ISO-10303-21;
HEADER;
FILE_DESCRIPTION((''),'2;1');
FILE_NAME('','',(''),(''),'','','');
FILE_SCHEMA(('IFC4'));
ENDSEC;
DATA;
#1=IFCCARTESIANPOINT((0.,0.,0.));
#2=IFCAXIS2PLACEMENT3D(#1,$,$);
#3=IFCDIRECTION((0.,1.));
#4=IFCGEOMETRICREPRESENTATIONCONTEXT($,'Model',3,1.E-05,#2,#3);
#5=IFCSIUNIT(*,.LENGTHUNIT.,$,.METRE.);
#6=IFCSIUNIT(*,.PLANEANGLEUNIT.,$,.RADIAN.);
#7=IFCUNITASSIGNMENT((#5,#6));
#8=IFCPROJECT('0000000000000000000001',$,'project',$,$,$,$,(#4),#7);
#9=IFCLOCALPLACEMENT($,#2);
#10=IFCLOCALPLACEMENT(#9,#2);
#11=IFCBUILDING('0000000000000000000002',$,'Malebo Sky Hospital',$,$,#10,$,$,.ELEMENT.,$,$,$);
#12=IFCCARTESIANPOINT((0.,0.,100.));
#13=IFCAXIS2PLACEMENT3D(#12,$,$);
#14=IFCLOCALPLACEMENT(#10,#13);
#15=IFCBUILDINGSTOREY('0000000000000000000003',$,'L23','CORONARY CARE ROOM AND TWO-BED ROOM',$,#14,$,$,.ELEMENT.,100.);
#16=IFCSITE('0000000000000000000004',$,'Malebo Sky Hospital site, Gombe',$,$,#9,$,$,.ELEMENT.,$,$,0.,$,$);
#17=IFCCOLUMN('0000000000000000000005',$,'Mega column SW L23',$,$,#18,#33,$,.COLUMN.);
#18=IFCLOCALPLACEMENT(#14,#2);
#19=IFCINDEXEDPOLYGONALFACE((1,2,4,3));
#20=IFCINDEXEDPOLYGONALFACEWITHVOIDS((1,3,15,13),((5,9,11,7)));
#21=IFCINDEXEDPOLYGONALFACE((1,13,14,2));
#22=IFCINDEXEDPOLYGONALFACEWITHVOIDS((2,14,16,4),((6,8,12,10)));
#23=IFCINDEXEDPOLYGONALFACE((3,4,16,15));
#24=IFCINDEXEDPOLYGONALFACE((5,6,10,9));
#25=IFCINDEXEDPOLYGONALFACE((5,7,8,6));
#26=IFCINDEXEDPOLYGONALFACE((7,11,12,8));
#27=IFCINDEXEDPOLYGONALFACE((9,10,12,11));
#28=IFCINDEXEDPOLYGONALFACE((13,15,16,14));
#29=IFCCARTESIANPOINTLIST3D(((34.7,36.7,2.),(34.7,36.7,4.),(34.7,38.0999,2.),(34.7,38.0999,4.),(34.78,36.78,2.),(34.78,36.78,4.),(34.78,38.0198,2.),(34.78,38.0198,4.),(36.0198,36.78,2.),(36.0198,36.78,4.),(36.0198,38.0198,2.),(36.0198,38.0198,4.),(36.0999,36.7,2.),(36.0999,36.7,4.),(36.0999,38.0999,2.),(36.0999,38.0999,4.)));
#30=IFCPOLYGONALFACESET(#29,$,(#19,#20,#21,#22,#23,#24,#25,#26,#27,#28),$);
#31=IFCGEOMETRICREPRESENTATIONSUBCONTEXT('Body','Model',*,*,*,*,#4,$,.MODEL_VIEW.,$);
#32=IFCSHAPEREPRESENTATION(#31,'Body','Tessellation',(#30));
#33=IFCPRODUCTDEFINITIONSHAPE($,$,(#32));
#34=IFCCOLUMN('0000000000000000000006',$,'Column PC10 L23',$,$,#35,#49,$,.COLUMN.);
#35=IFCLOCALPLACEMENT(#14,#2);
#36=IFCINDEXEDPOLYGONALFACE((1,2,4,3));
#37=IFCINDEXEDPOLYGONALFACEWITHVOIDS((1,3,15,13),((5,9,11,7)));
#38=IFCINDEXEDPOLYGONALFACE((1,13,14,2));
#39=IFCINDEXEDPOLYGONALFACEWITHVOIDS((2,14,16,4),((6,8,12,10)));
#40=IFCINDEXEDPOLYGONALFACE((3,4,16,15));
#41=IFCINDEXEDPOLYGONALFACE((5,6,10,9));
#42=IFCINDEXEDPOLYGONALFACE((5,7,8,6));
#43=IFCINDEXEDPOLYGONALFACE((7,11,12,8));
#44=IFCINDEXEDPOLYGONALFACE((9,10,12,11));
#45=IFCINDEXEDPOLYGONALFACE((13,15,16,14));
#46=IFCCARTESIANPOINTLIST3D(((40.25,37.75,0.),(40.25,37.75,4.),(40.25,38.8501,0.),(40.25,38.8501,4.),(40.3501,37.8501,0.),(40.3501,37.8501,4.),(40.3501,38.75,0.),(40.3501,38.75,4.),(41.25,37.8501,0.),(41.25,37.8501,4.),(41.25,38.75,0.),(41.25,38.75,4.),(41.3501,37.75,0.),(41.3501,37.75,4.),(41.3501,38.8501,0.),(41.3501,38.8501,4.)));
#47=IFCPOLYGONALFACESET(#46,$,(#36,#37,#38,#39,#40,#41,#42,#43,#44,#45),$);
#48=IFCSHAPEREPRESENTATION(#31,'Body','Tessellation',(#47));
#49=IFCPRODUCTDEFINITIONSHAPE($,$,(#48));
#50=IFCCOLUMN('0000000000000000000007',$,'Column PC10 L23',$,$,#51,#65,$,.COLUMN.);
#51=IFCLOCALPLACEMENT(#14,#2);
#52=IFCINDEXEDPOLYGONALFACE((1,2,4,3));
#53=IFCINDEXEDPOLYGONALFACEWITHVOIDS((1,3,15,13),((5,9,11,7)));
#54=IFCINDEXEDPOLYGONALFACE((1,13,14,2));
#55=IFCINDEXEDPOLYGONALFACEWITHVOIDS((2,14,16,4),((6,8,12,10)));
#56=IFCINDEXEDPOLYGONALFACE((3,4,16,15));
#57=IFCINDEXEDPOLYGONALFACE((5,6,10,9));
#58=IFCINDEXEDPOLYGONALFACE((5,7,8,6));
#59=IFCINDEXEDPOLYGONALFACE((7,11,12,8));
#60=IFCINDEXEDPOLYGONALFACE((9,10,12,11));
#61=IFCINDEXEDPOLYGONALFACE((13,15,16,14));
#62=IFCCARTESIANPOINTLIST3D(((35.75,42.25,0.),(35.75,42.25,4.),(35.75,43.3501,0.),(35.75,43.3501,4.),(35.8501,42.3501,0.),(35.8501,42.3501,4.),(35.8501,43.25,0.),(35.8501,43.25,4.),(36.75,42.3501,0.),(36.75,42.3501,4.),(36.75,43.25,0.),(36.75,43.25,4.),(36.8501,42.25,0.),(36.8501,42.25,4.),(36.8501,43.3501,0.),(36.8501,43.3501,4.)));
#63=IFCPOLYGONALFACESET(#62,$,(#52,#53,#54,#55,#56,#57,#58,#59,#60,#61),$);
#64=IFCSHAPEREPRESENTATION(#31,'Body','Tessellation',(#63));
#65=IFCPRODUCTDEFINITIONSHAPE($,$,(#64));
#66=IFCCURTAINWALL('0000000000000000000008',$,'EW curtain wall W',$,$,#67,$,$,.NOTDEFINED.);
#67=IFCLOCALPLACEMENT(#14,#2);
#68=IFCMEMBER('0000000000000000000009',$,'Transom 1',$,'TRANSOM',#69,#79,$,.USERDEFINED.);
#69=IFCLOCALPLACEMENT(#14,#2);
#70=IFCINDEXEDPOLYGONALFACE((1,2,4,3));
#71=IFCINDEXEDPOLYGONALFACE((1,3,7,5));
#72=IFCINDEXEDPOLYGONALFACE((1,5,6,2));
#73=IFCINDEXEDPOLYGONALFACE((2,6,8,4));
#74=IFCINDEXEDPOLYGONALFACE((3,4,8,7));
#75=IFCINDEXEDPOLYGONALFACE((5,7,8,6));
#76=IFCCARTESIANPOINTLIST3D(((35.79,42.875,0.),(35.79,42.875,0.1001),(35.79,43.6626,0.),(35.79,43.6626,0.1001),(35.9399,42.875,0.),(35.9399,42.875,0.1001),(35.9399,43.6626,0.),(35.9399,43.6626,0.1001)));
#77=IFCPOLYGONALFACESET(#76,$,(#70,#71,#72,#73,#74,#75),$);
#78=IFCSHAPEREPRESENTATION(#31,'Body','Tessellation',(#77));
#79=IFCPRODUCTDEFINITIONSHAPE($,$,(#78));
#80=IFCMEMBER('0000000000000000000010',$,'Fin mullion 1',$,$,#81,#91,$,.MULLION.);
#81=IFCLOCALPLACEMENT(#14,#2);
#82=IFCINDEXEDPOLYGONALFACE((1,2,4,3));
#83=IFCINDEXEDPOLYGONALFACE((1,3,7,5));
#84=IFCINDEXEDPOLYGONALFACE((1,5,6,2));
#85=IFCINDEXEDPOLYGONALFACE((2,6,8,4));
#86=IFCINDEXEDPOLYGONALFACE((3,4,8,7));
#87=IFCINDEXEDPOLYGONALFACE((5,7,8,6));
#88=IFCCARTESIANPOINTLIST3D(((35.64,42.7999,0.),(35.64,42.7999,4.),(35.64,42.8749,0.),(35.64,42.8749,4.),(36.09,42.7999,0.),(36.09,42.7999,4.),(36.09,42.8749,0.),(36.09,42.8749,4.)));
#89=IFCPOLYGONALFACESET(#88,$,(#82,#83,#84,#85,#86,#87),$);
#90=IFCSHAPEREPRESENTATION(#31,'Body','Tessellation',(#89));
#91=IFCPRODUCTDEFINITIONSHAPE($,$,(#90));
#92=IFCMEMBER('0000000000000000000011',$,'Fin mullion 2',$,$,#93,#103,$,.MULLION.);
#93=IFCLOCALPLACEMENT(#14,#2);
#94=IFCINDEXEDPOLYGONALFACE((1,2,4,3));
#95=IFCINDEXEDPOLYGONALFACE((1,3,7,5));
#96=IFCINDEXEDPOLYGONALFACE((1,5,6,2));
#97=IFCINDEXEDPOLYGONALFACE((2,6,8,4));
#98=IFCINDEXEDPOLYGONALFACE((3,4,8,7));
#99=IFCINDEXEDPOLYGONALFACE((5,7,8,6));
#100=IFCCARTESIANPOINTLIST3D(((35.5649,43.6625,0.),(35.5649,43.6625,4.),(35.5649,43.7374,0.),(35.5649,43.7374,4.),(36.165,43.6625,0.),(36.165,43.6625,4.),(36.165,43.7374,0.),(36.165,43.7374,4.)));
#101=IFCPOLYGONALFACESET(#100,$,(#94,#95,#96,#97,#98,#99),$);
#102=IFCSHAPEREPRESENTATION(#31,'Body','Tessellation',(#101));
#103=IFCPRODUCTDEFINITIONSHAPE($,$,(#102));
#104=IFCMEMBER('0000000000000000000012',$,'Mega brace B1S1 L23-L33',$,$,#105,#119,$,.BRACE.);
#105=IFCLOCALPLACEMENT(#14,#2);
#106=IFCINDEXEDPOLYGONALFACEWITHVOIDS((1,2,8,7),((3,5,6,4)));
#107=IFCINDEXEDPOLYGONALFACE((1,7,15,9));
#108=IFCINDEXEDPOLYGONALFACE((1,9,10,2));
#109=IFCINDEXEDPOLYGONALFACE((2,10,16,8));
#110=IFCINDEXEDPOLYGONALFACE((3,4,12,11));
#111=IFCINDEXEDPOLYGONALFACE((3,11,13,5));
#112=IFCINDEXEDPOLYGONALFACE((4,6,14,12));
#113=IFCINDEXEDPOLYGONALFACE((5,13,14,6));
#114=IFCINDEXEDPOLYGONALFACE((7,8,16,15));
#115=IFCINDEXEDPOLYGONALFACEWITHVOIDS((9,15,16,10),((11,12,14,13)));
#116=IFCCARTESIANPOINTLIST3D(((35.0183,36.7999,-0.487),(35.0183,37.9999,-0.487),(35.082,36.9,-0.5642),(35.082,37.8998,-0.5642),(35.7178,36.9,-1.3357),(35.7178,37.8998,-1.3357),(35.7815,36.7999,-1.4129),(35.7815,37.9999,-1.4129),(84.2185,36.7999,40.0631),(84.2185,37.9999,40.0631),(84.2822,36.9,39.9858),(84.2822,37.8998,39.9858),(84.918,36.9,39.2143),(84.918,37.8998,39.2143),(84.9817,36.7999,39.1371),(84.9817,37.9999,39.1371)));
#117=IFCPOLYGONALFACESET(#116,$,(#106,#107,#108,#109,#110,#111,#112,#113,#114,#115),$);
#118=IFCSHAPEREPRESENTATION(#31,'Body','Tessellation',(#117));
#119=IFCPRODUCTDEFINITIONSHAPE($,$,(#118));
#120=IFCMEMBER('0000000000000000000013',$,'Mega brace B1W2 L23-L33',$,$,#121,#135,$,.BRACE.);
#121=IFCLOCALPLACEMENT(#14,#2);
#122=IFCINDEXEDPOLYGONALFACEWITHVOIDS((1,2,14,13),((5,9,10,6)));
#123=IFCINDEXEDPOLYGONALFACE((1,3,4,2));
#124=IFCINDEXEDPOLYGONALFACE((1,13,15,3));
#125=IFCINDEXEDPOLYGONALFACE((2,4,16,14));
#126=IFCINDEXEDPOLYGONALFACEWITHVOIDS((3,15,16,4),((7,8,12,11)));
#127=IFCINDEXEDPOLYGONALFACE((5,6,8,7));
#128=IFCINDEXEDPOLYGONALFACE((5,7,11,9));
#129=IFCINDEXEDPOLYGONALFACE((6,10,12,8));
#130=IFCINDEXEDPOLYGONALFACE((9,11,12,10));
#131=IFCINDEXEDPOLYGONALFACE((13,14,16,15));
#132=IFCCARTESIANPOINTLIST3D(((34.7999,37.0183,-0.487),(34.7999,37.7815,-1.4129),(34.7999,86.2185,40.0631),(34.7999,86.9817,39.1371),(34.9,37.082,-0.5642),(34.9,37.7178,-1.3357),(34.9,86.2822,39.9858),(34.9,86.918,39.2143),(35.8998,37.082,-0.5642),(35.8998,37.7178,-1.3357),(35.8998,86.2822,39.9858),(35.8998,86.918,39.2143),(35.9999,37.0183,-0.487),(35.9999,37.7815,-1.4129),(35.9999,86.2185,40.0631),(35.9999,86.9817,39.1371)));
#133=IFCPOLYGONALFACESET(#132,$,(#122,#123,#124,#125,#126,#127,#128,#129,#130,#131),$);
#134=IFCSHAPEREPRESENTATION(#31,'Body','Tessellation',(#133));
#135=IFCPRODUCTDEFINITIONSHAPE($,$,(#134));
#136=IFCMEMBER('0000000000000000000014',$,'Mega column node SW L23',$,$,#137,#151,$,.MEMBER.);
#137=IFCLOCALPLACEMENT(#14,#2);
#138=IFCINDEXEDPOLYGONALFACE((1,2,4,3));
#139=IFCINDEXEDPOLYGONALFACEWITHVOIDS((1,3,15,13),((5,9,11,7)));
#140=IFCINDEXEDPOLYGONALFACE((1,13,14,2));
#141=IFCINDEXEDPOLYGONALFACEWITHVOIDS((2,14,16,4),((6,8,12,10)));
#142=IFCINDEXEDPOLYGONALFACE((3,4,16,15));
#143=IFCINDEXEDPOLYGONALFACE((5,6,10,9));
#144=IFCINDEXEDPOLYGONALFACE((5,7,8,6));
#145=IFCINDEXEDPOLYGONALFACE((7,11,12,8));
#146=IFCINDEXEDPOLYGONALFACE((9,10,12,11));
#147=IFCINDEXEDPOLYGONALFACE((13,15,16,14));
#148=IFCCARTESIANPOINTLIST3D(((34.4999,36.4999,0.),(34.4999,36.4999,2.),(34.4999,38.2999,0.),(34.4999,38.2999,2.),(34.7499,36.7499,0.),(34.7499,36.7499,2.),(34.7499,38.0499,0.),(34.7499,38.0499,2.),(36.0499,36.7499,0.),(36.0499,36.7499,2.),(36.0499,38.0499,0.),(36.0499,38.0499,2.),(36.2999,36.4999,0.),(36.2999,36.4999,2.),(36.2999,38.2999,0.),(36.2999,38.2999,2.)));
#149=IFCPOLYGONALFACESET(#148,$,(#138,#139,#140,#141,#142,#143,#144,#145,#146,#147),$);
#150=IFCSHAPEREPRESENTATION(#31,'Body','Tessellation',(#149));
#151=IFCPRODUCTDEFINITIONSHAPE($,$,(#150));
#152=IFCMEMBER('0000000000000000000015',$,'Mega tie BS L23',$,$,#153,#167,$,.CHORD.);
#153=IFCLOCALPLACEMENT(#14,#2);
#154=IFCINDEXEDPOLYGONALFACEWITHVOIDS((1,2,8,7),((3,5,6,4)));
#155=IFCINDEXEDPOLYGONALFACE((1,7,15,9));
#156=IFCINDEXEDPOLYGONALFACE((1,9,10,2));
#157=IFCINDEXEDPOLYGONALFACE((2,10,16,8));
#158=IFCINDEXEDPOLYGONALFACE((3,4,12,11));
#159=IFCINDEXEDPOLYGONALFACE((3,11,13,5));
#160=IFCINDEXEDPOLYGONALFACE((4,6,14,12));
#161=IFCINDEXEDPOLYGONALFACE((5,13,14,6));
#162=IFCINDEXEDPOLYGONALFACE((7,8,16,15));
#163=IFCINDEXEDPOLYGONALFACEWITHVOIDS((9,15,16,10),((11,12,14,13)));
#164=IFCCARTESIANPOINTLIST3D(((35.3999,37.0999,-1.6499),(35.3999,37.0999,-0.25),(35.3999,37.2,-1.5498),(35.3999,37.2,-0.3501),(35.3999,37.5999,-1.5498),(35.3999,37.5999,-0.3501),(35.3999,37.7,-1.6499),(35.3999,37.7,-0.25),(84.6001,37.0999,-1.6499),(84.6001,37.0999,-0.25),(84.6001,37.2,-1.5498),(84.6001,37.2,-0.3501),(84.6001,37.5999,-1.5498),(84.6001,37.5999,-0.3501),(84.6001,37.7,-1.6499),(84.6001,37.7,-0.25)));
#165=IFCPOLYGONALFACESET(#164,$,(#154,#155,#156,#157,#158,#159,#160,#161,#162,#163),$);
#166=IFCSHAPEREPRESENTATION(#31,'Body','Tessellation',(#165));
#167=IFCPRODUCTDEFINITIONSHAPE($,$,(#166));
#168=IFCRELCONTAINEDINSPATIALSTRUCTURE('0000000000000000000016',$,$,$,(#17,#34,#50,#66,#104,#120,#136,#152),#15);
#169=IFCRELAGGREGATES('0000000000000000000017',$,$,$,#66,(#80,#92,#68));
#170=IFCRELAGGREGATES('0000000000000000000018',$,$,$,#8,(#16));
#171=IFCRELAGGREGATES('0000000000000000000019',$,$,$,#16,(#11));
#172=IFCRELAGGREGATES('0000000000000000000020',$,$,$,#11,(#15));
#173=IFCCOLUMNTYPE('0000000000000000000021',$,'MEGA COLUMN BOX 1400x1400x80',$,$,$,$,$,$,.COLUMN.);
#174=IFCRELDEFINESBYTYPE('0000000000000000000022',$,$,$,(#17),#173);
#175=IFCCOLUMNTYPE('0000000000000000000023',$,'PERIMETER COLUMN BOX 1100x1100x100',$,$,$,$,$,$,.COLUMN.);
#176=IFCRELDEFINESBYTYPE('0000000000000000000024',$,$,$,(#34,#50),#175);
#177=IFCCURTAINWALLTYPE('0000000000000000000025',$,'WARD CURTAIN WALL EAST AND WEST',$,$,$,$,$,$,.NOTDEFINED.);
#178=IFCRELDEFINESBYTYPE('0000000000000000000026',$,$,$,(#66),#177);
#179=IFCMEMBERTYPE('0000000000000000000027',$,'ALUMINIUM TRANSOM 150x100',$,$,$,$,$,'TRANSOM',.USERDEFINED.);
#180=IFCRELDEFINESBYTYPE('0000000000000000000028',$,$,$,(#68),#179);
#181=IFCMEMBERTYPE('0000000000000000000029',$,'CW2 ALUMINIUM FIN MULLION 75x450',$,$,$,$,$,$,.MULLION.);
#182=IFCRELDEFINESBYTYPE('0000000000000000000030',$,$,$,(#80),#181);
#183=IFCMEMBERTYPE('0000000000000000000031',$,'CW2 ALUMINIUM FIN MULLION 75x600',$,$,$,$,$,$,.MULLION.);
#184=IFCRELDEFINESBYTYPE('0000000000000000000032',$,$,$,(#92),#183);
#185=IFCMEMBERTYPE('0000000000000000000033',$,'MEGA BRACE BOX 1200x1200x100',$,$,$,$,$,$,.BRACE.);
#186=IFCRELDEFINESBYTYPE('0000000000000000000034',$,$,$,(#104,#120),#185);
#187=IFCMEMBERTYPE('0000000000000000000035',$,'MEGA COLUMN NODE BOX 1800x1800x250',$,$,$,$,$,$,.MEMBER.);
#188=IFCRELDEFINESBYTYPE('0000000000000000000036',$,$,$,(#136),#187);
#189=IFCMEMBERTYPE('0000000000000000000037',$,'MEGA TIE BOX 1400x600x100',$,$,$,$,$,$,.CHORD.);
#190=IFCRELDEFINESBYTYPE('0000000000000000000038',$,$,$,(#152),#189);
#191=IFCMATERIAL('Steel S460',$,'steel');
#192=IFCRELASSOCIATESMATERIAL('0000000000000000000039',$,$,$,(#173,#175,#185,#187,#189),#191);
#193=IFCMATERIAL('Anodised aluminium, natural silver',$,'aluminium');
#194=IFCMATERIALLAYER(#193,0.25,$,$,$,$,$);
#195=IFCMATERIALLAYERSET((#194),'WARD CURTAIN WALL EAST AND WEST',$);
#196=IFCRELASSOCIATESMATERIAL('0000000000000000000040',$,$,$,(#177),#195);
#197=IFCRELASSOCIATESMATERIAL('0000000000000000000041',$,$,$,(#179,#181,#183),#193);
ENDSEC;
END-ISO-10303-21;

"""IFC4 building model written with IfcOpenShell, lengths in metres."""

from ifc_helpers import new_model, si_unit, direction, frame, origin, origin_2d, place, context, subcontext, project, spatial, rectangle, hollow_rectangle, extrude, material, layer, layer_set, material_profile, profile_set, type_object, element, aggregate, save


model = new_model("IFC4")

# Units and contexts
model_context = context("Model", 3, precision=1e-05, world=origin(), true_north=direction((0.0, 1.0)))
body_context = subcontext(model_context, "Body", "Model", "MODEL_VIEW")
ifc_project = project(units=[si_unit("LENGTHUNIT", "METRE"), si_unit("PLANEANGLEUNIT", "RADIAN")], contexts=[model_context])

# Site, building, storey
site_placement = place(None, origin())
site = spatial("IfcSite", under=ifc_project, at=site_placement, Name="Malebo Sky Hospital site, Gombe", CompositionType="ELEMENT", RefElevation=0.0)
building_placement = place(site_placement, origin())
building = spatial("IfcBuilding", under=site, at=building_placement, Name="Malebo Sky Hospital", CompositionType="ELEMENT")
storey_placement = place(building_placement, frame((0.0, 0.0, 100.0)))
storey = spatial("IfcBuildingStorey", under=building, at=storey_placement, Name="L23", Description="CORONARY CARE ROOM AND TWO-BED ROOM", CompositionType="ELEMENT", Elevation=100.0)

# Columns
ifc_material_1 = material(Name="Steel S460", Category="steel")
ifc_material_profile_1 = material_profile(ifc_material_1, hollow_rectangle(XDim=1.3999, YDim=1.3999, WallThickness=0.0801, at=origin_2d()), Name="BOX 1400x1400x80")
ifc_profile_set_1 = profile_set([ifc_material_profile_1], Name="Steel S460")
column_type_1 = type_object("IfcColumnType", Name="MEGA COLUMN BOX 1400x1400x80", PredefinedType="COLUMN", material=ifc_profile_set_1)
column_placement = place(storey_placement, frame((35.3999, 37.3999, 2.0), z_axis=(0.0, 0.0, 1.0), x_axis=(1.0, 0.0, 0.0)))
element("IfcColumn", 1, at=column_placement, inside=storey, type_object=column_type_1, Name="Mega column SW L23", PredefinedType="COLUMN", context=body_context, shape_type="SweptSolid", body=[
    extrude(hollow_rectangle(XDim=1.3999, YDim=1.3999, WallThickness=0.0801, at=origin_2d()), origin(), (0.0, 0.0, 1.0), 2.0),
])
ifc_material_profile_2 = material_profile(ifc_material_1, hollow_rectangle(XDim=1.1001, YDim=1.1001, WallThickness=0.1001, at=origin_2d()), Name="BOX 1100x1100x100")
ifc_profile_set_2 = profile_set([ifc_material_profile_2], Name="Steel S460")
column_type_2 = type_object("IfcColumnType", Name="PERIMETER COLUMN BOX 1100x1100x100", PredefinedType="COLUMN", material=ifc_profile_set_2)
for number, where, z_axis, x_axis, name in (
    (2, (40.8, 38.3, 0.0), (0.0, 0.0, 1.0), (1.0, 0.0, 0.0), "Column PC10 L23"),
    (3, (36.3, 42.8, 0.0), (0.0, 0.0, 1.0), (1.0, 0.0, 0.0), "Column PC10 L23"),
):
    element("IfcColumn", number, at=place(storey_placement, frame(where, z_axis=z_axis, x_axis=x_axis)), inside=storey, type_object=column_type_2, Name=name, PredefinedType="COLUMN", context=body_context, shape_type="SweptSolid", body=[
        extrude(hollow_rectangle(XDim=1.1001, YDim=1.1001, WallThickness=0.1001, at=origin_2d()), origin(), (0.0, 0.0, 1.0), 4.0),
    ])

# Curtain wall, members
ifc_material_2 = material(Name="Anodised aluminium, natural silver", Category="aluminium")
ifc_layer_1 = layer(ifc_material_2, 0.25)
ifc_layer_set_1 = layer_set([ifc_layer_1], Name="WARD CURTAIN WALL EAST AND WEST")
curtain_wall_type = type_object("IfcCurtainWallType", Name="WARD CURTAIN WALL EAST AND WEST", PredefinedType="NOTDEFINED", material=ifc_layer_set_1)
curtain_wall_placement = place(storey_placement, origin())
curtain_wall = element("IfcCurtainWall", 4, at=curtain_wall_placement, inside=storey, type_object=curtain_wall_type, Name="EW curtain wall W", PredefinedType="NOTDEFINED")
ifc_material_profile_3 = material_profile(ifc_material_2, rectangle(XDim=0.1499, YDim=0.1001, at=origin_2d()), Name="ALUMINIUM TRANSOM 150x100")
ifc_profile_set_3 = profile_set([ifc_material_profile_3], Name="Anodised aluminium, natural silver")
member_type_1 = type_object("IfcMemberType", Name="ALUMINIUM TRANSOM 150x100", ElementType="TRANSOM", PredefinedType="USERDEFINED", material=ifc_profile_set_3)
member_1_placement = place(storey_placement, frame((35.865, 42.875, 0.05), z_axis=(0.0, 1.0, 0.0), x_axis=(-1.0, 0.0, 0.0)))
member_1 = element("IfcMember", 5, at=member_1_placement, type_object=member_type_1, Name="Transom 1", ObjectType="TRANSOM", PredefinedType="USERDEFINED", context=body_context, shape_type="SweptSolid", body=[
    extrude(rectangle(XDim=0.1499, YDim=0.1001, at=origin_2d()), origin(), (0.0, 0.0, 1.0), 0.7876),
])
ifc_material_profile_4 = material_profile(ifc_material_2, rectangle(XDim=0.075, YDim=0.45, at=origin_2d()), Name="CW2 ALUMINIUM FIN MULLION 75x450")
ifc_profile_set_4 = profile_set([ifc_material_profile_4], Name="Anodised aluminium, natural silver")
member_type_2 = type_object("IfcMemberType", Name="CW2 ALUMINIUM FIN MULLION 75x450", PredefinedType="MULLION", material=ifc_profile_set_4)
member_2_placement = place(storey_placement, frame((35.865, 42.8374, 0.0), z_axis=(0.0, 0.0, 1.0), x_axis=(0.0, 1.0, 0.0)))
member_2 = element("IfcMember", 6, at=member_2_placement, type_object=member_type_2, Name="Fin mullion 1", PredefinedType="MULLION", context=body_context, shape_type="SweptSolid", body=[
    extrude(rectangle(XDim=0.075, YDim=0.45, at=origin_2d()), origin(), (0.0, 0.0, 1.0), 4.0),
])
ifc_material_profile_5 = material_profile(ifc_material_2, rectangle(XDim=0.075, YDim=0.6001, at=origin_2d()), Name="CW2 ALUMINIUM FIN MULLION 75x600")
ifc_profile_set_5 = profile_set([ifc_material_profile_5], Name="Anodised aluminium, natural silver")
member_type_3 = type_object("IfcMemberType", Name="CW2 ALUMINIUM FIN MULLION 75x600", PredefinedType="MULLION", material=ifc_profile_set_5)
member_3_placement = place(storey_placement, frame((35.865, 43.7, 0.0), z_axis=(0.0, 0.0, 1.0), x_axis=(0.0, 1.0, 0.0)))
member_3 = element("IfcMember", 7, at=member_3_placement, type_object=member_type_3, Name="Fin mullion 2", PredefinedType="MULLION", context=body_context, shape_type="SweptSolid", body=[
    extrude(rectangle(XDim=0.075, YDim=0.6001, at=origin_2d()), origin(), (0.0, 0.0, 1.0), 4.0),
])

# Members
ifc_material_profile_6 = material_profile(ifc_material_1, hollow_rectangle(XDim=1.2, YDim=1.2, WallThickness=0.1001, at=origin_2d()), Name="BOX 1200x1200x100")
ifc_profile_set_6 = profile_set([ifc_material_profile_6], Name="Steel S460")
member_type_4 = type_object("IfcMemberType", Name="MEGA BRACE BOX 1200x1200x100", PredefinedType="BRACE", material=ifc_profile_set_6)
for number, where, z_axis, x_axis, name in (
    (8, (35.3999, 37.3999, -0.95), (0.771682, 0.0, 0.636009), (0.0, 1.0, 0.0), "Mega brace B1S1 L23-L33"),
    (9, (35.3999, 37.3999, -0.95), (0.0, 0.771682, 0.636009), (-1.0, 0.0, 0.0), "Mega brace B1W2 L23-L33"),
):
    element("IfcMember", number, at=place(storey_placement, frame(where, z_axis=z_axis, x_axis=x_axis)), inside=storey, type_object=member_type_4, Name=name, PredefinedType="BRACE", context=body_context, shape_type="SweptSolid", body=[
        extrude(hollow_rectangle(XDim=1.2, YDim=1.2, WallThickness=0.1001, at=origin_2d()), origin(), (0.0, 0.0, 1.0), 63.7571),
    ])
ifc_material_profile_7 = material_profile(ifc_material_1, hollow_rectangle(XDim=1.8, YDim=1.8, WallThickness=0.25, at=origin_2d()), Name="BOX 1800x1800x250")
ifc_profile_set_7 = profile_set([ifc_material_profile_7], Name="Steel S460")
member_type_5 = type_object("IfcMemberType", Name="MEGA COLUMN NODE BOX 1800x1800x250", PredefinedType="MEMBER", material=ifc_profile_set_7)
member_4_placement = place(storey_placement, frame((35.3999, 37.3999, 0.0), z_axis=(0.0, 0.0, 1.0), x_axis=(1.0, 0.0, 0.0)))
element("IfcMember", 10, at=member_4_placement, inside=storey, type_object=member_type_5, Name="Mega column node SW L23", PredefinedType="MEMBER", context=body_context, shape_type="SweptSolid", body=[
    extrude(hollow_rectangle(XDim=1.8, YDim=1.8, WallThickness=0.25, at=origin_2d()), origin(), (0.0, 0.0, 1.0), 2.0),
])
ifc_material_profile_8 = material_profile(ifc_material_1, hollow_rectangle(XDim=0.6001, YDim=1.3999, WallThickness=0.1001, at=origin_2d()), Name="BOX 1400x600x100")
ifc_profile_set_8 = profile_set([ifc_material_profile_8], Name="Steel S460")
member_type_6 = type_object("IfcMemberType", Name="MEGA TIE BOX 1400x600x100", PredefinedType="CHORD", material=ifc_profile_set_8)
member_5_placement = place(storey_placement, frame((35.3999, 37.3999, -0.95), z_axis=(1.0, 0.0, 0.0), x_axis=(0.0, 1.0, 0.0)))
element("IfcMember", 11, at=member_5_placement, inside=storey, type_object=member_type_6, Name="Mega tie BS L23", PredefinedType="CHORD", context=body_context, shape_type="SweptSolid", body=[
    extrude(hollow_rectangle(XDim=0.6001, YDim=1.3999, WallThickness=0.1001, at=origin_2d()), origin(), (0.0, 0.0, 1.0), 49.2002),
])

aggregate(curtain_wall, [member_2, member_3, member_1])

save(model, "model.ifc")
